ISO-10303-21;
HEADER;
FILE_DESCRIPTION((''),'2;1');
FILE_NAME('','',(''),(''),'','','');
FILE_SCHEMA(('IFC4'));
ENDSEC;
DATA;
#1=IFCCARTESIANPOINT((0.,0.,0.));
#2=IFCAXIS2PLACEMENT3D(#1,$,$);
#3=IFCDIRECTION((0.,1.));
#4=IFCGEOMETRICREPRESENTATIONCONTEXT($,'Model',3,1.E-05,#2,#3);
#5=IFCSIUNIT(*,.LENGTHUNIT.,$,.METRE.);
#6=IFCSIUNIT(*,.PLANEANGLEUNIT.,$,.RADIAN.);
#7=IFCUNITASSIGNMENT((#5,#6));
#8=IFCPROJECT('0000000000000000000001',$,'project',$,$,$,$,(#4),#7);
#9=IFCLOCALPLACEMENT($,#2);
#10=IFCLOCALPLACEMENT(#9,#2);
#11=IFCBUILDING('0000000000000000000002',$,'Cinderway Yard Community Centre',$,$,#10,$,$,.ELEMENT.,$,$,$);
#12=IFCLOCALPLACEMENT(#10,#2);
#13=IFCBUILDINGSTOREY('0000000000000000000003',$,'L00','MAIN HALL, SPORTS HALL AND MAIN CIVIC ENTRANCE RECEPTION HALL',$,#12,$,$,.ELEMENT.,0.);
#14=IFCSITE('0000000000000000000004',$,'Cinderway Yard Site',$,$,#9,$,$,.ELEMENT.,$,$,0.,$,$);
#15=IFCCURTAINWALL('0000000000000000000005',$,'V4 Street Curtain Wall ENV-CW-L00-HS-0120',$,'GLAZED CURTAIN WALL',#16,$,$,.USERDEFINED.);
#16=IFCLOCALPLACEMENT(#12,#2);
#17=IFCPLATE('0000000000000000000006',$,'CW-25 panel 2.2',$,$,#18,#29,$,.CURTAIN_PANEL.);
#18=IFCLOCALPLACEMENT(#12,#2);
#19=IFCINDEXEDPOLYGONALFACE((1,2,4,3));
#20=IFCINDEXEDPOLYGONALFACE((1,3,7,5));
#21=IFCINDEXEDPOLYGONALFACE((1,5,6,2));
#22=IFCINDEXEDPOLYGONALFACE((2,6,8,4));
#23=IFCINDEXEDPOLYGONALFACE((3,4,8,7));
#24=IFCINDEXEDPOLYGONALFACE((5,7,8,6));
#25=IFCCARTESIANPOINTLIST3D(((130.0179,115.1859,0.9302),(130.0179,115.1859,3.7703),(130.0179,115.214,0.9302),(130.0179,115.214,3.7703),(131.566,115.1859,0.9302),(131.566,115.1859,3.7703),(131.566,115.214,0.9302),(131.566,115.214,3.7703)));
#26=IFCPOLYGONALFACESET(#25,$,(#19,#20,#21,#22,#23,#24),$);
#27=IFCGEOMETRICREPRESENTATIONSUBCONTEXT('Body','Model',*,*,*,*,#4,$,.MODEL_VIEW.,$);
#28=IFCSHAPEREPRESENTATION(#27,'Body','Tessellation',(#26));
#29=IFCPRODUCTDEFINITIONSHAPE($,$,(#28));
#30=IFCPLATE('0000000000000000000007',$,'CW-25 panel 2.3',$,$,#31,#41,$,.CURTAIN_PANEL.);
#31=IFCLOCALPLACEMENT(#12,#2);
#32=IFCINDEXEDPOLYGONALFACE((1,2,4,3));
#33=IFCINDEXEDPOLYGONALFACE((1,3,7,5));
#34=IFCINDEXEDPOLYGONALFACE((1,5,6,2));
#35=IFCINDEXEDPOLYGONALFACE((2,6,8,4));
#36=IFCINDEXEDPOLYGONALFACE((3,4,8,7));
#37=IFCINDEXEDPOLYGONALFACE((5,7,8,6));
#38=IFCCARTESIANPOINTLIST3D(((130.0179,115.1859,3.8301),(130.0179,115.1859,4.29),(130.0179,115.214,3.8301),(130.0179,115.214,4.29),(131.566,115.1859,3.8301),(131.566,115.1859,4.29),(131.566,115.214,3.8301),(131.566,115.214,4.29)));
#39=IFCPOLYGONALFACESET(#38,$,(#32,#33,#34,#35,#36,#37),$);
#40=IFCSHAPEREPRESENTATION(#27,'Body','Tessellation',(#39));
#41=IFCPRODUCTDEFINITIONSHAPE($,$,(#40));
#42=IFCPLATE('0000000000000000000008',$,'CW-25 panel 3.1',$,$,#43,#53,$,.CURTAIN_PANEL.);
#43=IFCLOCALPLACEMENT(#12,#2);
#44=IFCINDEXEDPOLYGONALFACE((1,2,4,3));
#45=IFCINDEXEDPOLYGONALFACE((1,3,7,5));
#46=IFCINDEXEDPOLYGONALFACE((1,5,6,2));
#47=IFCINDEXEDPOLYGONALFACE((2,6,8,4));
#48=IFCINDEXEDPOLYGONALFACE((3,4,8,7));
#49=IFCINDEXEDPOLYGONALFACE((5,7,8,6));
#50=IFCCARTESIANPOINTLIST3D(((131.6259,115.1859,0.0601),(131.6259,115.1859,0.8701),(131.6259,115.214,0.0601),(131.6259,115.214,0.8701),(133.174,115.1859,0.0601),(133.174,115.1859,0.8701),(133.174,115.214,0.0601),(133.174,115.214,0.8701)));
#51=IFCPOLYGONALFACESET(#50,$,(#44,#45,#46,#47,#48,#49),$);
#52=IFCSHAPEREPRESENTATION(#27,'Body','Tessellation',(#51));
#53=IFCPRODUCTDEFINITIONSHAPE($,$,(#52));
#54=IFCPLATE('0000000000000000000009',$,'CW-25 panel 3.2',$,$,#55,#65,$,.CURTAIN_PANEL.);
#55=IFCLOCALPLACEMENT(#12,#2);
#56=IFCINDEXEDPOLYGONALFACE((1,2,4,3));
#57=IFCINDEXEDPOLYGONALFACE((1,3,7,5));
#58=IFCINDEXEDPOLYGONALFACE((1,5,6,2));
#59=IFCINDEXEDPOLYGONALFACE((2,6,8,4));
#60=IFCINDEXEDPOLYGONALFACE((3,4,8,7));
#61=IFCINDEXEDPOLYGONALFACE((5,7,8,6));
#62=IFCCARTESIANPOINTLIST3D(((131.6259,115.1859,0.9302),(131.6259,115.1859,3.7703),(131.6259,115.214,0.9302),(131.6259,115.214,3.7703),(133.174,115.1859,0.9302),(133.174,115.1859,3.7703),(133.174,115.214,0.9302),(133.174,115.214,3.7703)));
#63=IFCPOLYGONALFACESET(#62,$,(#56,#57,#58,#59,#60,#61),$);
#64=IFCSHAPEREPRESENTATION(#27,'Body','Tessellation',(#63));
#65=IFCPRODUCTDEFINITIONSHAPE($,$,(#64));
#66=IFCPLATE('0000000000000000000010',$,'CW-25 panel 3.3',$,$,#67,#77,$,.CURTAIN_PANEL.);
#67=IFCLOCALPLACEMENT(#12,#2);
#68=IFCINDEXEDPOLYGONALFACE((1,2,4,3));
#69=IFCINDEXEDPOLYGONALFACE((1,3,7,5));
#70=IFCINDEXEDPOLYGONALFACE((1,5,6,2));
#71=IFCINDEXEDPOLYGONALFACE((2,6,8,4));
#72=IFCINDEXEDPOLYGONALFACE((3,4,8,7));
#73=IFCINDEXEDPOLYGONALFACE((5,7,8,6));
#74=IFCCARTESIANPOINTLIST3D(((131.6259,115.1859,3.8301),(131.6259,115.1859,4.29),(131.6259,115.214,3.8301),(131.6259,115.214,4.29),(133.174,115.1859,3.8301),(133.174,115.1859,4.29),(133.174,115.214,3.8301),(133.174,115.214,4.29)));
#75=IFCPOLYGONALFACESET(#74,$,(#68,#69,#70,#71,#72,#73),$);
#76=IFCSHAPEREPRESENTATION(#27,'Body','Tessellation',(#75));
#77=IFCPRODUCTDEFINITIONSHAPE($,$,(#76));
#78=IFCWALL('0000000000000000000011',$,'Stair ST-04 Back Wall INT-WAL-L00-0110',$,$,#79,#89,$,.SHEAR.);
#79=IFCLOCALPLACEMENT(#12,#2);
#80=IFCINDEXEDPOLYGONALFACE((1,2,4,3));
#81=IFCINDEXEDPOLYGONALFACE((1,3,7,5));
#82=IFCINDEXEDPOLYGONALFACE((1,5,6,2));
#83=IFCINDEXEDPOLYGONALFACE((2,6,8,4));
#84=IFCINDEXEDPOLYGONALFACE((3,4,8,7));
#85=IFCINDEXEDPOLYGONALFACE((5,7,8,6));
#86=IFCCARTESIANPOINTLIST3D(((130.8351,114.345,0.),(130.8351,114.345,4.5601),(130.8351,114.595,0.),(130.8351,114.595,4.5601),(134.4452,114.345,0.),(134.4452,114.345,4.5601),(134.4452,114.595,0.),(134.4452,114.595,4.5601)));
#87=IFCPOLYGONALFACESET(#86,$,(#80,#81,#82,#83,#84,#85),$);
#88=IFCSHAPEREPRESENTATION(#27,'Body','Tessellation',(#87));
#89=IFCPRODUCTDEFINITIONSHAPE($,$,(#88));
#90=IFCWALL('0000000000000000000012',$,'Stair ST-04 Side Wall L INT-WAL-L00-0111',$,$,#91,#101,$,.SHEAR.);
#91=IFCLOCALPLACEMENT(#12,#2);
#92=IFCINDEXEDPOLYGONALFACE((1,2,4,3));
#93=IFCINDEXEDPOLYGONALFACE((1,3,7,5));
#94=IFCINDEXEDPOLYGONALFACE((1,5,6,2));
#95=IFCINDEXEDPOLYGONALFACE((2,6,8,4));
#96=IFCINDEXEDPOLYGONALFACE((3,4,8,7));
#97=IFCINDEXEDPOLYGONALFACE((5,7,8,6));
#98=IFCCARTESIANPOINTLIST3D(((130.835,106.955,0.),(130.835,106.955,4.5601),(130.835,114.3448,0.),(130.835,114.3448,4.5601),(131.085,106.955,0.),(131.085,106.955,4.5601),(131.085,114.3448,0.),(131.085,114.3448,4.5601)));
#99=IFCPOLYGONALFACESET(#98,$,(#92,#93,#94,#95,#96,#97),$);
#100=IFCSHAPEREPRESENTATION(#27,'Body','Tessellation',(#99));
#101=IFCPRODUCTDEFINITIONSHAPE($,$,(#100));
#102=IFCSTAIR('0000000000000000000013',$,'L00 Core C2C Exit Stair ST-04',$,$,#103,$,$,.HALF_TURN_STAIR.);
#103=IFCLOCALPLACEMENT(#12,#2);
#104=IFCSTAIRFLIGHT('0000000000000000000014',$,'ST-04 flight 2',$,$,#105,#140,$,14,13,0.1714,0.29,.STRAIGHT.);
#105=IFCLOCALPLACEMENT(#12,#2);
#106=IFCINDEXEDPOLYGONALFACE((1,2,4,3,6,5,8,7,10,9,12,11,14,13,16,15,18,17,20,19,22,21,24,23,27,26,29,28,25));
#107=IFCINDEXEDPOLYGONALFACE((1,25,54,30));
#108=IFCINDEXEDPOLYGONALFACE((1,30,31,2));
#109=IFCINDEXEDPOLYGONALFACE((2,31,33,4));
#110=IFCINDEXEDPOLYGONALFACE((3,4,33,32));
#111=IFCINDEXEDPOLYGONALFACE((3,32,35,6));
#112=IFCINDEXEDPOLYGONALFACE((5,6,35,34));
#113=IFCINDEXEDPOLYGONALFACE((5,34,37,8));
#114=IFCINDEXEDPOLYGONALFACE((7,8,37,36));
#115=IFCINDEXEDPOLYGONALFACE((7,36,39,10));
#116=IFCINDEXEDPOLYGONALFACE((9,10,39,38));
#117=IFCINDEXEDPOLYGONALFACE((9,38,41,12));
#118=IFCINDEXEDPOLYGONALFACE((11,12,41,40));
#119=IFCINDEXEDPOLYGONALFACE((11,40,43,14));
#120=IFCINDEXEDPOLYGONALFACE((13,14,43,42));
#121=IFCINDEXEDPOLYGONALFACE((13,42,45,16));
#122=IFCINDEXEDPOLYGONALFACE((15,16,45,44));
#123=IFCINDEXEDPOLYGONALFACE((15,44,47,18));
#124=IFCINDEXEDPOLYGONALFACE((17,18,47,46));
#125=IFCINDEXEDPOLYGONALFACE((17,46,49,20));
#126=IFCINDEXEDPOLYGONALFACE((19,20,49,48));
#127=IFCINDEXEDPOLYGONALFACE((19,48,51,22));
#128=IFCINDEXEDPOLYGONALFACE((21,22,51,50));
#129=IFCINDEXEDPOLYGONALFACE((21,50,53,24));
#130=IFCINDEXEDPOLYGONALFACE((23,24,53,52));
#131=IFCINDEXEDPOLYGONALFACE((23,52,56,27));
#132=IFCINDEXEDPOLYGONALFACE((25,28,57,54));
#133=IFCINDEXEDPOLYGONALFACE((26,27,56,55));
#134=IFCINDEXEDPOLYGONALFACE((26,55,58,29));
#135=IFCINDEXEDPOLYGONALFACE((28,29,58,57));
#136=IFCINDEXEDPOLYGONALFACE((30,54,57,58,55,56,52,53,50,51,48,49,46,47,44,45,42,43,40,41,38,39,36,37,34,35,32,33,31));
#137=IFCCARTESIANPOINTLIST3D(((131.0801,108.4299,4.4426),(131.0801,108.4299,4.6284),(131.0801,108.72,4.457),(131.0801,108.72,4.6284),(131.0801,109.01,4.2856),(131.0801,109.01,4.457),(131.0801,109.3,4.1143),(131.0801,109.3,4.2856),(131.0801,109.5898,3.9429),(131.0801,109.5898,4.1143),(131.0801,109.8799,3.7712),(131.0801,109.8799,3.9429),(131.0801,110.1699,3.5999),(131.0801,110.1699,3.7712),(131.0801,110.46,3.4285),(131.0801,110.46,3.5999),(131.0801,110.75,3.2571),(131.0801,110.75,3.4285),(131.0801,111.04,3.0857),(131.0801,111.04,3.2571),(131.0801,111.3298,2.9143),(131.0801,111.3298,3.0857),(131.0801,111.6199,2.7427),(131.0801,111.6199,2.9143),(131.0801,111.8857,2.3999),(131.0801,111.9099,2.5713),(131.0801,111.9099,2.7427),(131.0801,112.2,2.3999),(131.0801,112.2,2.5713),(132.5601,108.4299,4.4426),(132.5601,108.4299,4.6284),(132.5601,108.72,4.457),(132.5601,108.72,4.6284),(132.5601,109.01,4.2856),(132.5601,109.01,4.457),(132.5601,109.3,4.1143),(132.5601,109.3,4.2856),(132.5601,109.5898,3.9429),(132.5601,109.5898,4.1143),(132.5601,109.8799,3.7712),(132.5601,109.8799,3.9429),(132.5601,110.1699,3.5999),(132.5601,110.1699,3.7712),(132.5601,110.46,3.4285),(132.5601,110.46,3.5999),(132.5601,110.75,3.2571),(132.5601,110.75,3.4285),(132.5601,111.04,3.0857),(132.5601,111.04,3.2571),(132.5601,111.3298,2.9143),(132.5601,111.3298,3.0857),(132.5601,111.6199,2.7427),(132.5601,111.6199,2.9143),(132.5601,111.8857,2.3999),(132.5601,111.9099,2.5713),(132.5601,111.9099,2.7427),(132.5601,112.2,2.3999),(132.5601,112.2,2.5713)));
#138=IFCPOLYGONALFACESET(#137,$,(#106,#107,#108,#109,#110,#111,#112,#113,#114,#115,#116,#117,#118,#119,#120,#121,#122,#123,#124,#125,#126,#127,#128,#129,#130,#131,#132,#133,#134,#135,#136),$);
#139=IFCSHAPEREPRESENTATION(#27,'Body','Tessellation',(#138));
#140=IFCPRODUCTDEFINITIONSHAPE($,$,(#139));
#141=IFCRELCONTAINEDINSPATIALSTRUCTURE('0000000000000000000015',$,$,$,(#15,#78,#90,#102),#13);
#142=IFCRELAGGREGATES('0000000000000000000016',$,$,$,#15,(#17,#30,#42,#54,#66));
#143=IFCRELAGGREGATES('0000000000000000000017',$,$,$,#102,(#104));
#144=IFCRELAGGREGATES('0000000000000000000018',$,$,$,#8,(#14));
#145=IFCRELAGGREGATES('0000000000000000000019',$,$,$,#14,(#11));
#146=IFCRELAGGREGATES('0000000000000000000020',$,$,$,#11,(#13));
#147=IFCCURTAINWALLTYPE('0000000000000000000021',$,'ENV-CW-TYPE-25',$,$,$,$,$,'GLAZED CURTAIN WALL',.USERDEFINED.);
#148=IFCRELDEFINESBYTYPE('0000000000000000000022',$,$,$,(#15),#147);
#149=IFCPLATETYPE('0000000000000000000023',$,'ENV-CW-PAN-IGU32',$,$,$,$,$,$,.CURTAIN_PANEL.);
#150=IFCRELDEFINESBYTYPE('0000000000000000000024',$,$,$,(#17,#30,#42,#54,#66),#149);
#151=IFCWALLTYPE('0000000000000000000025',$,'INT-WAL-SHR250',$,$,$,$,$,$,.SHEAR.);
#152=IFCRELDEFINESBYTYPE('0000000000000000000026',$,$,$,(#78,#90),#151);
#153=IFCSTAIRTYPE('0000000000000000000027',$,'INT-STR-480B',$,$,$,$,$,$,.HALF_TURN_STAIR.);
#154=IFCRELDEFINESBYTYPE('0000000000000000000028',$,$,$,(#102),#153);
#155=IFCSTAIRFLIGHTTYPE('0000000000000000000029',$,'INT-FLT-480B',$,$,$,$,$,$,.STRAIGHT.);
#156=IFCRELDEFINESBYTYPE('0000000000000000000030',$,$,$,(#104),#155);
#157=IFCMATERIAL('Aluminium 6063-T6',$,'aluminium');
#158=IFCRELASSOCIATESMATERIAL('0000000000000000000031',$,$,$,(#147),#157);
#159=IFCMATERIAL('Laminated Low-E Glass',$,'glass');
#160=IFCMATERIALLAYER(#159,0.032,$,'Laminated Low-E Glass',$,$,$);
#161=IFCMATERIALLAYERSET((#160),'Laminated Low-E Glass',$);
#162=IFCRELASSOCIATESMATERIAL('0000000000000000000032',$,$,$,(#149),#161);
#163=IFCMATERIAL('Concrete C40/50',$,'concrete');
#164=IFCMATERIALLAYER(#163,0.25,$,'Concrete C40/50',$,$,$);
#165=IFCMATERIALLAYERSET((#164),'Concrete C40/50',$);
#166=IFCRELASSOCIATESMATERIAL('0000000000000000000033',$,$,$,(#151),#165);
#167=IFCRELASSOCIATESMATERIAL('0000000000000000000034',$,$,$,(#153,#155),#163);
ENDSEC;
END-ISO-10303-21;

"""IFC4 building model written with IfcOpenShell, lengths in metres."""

from ifc_helpers import new_model, si_unit, direction, frame, frame_2d, origin, origin_2d, place, context, subcontext, project, spatial, polyline, rectangle, outline, extrude, material, layer, layer_set, type_object, element, aggregate, save


model = new_model("IFC4")

# Units and contexts
model_context = context("Model", 3, precision=1e-05, world=origin(), true_north=direction((0.0, 1.0)))
body_context = subcontext(model_context, "Body", "Model", "MODEL_VIEW")
ifc_project = project(units=[si_unit("LENGTHUNIT", "METRE"), si_unit("PLANEANGLEUNIT", "RADIAN")], contexts=[model_context])

# Site, building, storey
site_placement = place(None, origin())
site = spatial("IfcSite", under=ifc_project, at=site_placement, Name="Cinderway Yard Site", CompositionType="ELEMENT", RefElevation=0.0)
building_placement = place(site_placement, origin())
building = spatial("IfcBuilding", under=site, at=building_placement, Name="Cinderway Yard Community Centre", CompositionType="ELEMENT")
storey_placement = place(building_placement, origin())
storey = spatial("IfcBuildingStorey", under=building, at=storey_placement, Name="L00", Description="MAIN HALL, SPORTS HALL AND MAIN CIVIC ENTRANCE RECEPTION HALL", CompositionType="ELEMENT", Elevation=0.0)

# Shared definitions
ifc_material_1 = material(Name="Concrete C40/50", Category="concrete")

# Curtain wall, plates
ifc_material_2 = material(Name="Aluminium 6063-T6", Category="aluminium")
curtain_wall_type = type_object("IfcCurtainWallType", Name="ENV-CW-TYPE-25", ElementType="GLAZED CURTAIN WALL", PredefinedType="USERDEFINED", material=ifc_material_2)
curtain_wall_placement = place(storey_placement, origin())
curtain_wall = element("IfcCurtainWall", 1, at=curtain_wall_placement, inside=storey, type_object=curtain_wall_type, Name="V4 Street Curtain Wall ENV-CW-L00-HS-0120", ObjectType="GLAZED CURTAIN WALL", PredefinedType="USERDEFINED")
ifc_material_3 = material(Name="Laminated Low-E Glass", Category="glass")
ifc_layer_1 = layer(ifc_material_3, 0.032, Name="Laminated Low-E Glass")
ifc_layer_set_1 = layer_set([ifc_layer_1], Name="Laminated Low-E Glass")
plate_type = type_object("IfcPlateType", Name="ENV-CW-PAN-IGU32", PredefinedType="CURTAIN_PANEL", material=ifc_layer_set_1)
plate_1_placement = place(storey_placement, frame((130.792, 115.2, 0.9302), z_axis=(0.0, 0.0, 1.0), x_axis=(1.0, 0.0, 0.0)))
plate_1 = element("IfcPlate", 2, at=plate_1_placement, type_object=plate_type, Name="CW-25 panel 2.2", PredefinedType="CURTAIN_PANEL", context=body_context, shape_type="SweptSolid", body=[
    extrude(rectangle(XDim=1.5481, YDim=0.0281, at=origin_2d()), origin(), (0.0, 0.0, 1.0), 2.8401),
])
plate_2_placement = place(storey_placement, frame((130.792, 115.2, 3.8301), z_axis=(0.0, 0.0, 1.0), x_axis=(1.0, 0.0, 0.0)))
plate_2 = element("IfcPlate", 3, at=plate_2_placement, type_object=plate_type, Name="CW-25 panel 2.3", PredefinedType="CURTAIN_PANEL", context=body_context, shape_type="SweptSolid", body=[
    extrude(rectangle(XDim=1.5481, YDim=0.0281, at=origin_2d()), origin(), (0.0, 0.0, 1.0), 0.46),
])
plate_3_placement = place(storey_placement, frame((132.3999, 115.2, 0.0601), z_axis=(0.0, 0.0, 1.0), x_axis=(1.0, 0.0, 0.0)))
plate_3 = element("IfcPlate", 4, at=plate_3_placement, type_object=plate_type, Name="CW-25 panel 3.1", PredefinedType="CURTAIN_PANEL", context=body_context, shape_type="SweptSolid", body=[
    extrude(rectangle(XDim=1.5481, YDim=0.0281, at=origin_2d()), origin(), (0.0, 0.0, 1.0), 0.8101),
])
plate_4_placement = place(storey_placement, frame((132.3999, 115.2, 0.9302), z_axis=(0.0, 0.0, 1.0), x_axis=(1.0, 0.0, 0.0)))
plate_4 = element("IfcPlate", 5, at=plate_4_placement, type_object=plate_type, Name="CW-25 panel 3.2", PredefinedType="CURTAIN_PANEL", context=body_context, shape_type="SweptSolid", body=[
    extrude(rectangle(XDim=1.5481, YDim=0.0281, at=origin_2d()), origin(), (0.0, 0.0, 1.0), 2.8401),
])
plate_5_placement = place(storey_placement, frame((132.3999, 115.2, 3.8301), z_axis=(0.0, 0.0, 1.0), x_axis=(1.0, 0.0, 0.0)))
plate_5 = element("IfcPlate", 6, at=plate_5_placement, type_object=plate_type, Name="CW-25 panel 3.3", PredefinedType="CURTAIN_PANEL", context=body_context, shape_type="SweptSolid", body=[
    extrude(rectangle(XDim=1.5481, YDim=0.0281, at=origin_2d()), origin(), (0.0, 0.0, 1.0), 0.46),
])
aggregate(curtain_wall, [plate_1, plate_2, plate_3, plate_4, plate_5])

# Walls
ifc_layer_2 = layer(ifc_material_1, 0.25, Name="Concrete C40/50")
ifc_layer_set_2 = layer_set([ifc_layer_2], Name="Concrete C40/50")
wall_type = type_object("IfcWallType", Name="INT-WAL-SHR250", PredefinedType="SHEAR", material=ifc_layer_set_2)
wall_1_placement = place(storey_placement, frame((130.835, 114.47, 0.0), z_axis=(0.0, 0.0, 1.0), x_axis=(1.0, 0.0, 0.0)))
element("IfcWall", 7, at=wall_1_placement, inside=storey, type_object=wall_type, Name="Stair ST-04 Back Wall INT-WAL-L00-0110", PredefinedType="SHEAR", context=body_context, shape_type="SweptSolid", body=[
    extrude(rectangle(XDim=3.6101, YDim=0.25, at=frame_2d((1.8052, 0.0))), origin(), (0.0, 0.0, 1.0), 4.5601),
])
wall_2_placement = place(storey_placement, frame((130.96, 106.9551, 0.0), z_axis=(0.0, 0.0, 1.0), x_axis=(0.0, 1.0, 0.0)))
element("IfcWall", 8, at=wall_2_placement, inside=storey, type_object=wall_type, Name="Stair ST-04 Side Wall L INT-WAL-L00-0111", PredefinedType="SHEAR", context=body_context, shape_type="SweptSolid", body=[
    extrude(rectangle(XDim=7.3899, YDim=0.25, at=frame_2d((3.6948, 0.0))), origin(), (0.0, 0.0, 1.0), 4.5601),
])

# Stair, stair flight
stair_type = type_object("IfcStairType", Name="INT-STR-480B", PredefinedType="HALF_TURN_STAIR", material=ifc_material_1)
stair_placement = place(storey_placement, origin())
stair = element("IfcStair", 9, at=stair_placement, inside=storey, type_object=stair_type, Name="L00 Core C2C Exit Stair ST-04", PredefinedType="HALF_TURN_STAIR")
stair_flight_type = type_object("IfcStairFlightType", Name="INT-FLT-480B", PredefinedType="STRAIGHT", material=ifc_material_1)
stair_flight_placement = place(storey_placement, frame((131.8201, 112.2, 2.3999), z_axis=(0.0, 0.0, 1.0), x_axis=(0.0, -1.0, 0.0)))
stair_flight = element("IfcStairFlight", 10, at=stair_flight_placement, type_object=stair_flight_type, Name="ST-04 flight 2", NumberOfRisers=14, NumberOfTreads=13, PredefinedType="STRAIGHT", RiserHeight=0.1714, TreadLength=0.29, context=body_context, shape_type="SweptSolid", body=[
    extrude(outline(polyline([(0.0, 0.0), (0.0, 0.1714), (0.29, 0.1714), (0.29, 0.3428), (0.5801, 0.3428), (0.5801, 0.5144), (0.8701, 0.5144), (0.8701, 0.6858), (1.1599, 0.6858), (1.1599, 0.8572), (1.45, 0.8572), (1.45, 1.0286), (1.74, 1.0286), (1.74, 1.2), (2.03, 1.2), (2.03, 1.3713), (2.3201, 1.3713), (2.3201, 1.543), (2.6101, 1.543), (2.6101, 1.7144), (2.8999, 1.7144), (2.8999, 1.8857), (3.1899, 1.8857), (3.1899, 2.0571), (3.48, 2.0571), (3.48, 2.2285), (3.77, 2.2285), (3.77, 2.3999), (3.77, 2.0427), (0.3142, 0.0), (0.0, 0.0)])), frame((0.0, 0.74, 0.0), z_axis=(0.0, -1.0, 0.0), x_axis=(1.0, 0.0, 0.0)), (0.0, 0.0, 1.0), 1.48),
])
aggregate(stair, [stair_flight])

save(model, "model.ifc")
